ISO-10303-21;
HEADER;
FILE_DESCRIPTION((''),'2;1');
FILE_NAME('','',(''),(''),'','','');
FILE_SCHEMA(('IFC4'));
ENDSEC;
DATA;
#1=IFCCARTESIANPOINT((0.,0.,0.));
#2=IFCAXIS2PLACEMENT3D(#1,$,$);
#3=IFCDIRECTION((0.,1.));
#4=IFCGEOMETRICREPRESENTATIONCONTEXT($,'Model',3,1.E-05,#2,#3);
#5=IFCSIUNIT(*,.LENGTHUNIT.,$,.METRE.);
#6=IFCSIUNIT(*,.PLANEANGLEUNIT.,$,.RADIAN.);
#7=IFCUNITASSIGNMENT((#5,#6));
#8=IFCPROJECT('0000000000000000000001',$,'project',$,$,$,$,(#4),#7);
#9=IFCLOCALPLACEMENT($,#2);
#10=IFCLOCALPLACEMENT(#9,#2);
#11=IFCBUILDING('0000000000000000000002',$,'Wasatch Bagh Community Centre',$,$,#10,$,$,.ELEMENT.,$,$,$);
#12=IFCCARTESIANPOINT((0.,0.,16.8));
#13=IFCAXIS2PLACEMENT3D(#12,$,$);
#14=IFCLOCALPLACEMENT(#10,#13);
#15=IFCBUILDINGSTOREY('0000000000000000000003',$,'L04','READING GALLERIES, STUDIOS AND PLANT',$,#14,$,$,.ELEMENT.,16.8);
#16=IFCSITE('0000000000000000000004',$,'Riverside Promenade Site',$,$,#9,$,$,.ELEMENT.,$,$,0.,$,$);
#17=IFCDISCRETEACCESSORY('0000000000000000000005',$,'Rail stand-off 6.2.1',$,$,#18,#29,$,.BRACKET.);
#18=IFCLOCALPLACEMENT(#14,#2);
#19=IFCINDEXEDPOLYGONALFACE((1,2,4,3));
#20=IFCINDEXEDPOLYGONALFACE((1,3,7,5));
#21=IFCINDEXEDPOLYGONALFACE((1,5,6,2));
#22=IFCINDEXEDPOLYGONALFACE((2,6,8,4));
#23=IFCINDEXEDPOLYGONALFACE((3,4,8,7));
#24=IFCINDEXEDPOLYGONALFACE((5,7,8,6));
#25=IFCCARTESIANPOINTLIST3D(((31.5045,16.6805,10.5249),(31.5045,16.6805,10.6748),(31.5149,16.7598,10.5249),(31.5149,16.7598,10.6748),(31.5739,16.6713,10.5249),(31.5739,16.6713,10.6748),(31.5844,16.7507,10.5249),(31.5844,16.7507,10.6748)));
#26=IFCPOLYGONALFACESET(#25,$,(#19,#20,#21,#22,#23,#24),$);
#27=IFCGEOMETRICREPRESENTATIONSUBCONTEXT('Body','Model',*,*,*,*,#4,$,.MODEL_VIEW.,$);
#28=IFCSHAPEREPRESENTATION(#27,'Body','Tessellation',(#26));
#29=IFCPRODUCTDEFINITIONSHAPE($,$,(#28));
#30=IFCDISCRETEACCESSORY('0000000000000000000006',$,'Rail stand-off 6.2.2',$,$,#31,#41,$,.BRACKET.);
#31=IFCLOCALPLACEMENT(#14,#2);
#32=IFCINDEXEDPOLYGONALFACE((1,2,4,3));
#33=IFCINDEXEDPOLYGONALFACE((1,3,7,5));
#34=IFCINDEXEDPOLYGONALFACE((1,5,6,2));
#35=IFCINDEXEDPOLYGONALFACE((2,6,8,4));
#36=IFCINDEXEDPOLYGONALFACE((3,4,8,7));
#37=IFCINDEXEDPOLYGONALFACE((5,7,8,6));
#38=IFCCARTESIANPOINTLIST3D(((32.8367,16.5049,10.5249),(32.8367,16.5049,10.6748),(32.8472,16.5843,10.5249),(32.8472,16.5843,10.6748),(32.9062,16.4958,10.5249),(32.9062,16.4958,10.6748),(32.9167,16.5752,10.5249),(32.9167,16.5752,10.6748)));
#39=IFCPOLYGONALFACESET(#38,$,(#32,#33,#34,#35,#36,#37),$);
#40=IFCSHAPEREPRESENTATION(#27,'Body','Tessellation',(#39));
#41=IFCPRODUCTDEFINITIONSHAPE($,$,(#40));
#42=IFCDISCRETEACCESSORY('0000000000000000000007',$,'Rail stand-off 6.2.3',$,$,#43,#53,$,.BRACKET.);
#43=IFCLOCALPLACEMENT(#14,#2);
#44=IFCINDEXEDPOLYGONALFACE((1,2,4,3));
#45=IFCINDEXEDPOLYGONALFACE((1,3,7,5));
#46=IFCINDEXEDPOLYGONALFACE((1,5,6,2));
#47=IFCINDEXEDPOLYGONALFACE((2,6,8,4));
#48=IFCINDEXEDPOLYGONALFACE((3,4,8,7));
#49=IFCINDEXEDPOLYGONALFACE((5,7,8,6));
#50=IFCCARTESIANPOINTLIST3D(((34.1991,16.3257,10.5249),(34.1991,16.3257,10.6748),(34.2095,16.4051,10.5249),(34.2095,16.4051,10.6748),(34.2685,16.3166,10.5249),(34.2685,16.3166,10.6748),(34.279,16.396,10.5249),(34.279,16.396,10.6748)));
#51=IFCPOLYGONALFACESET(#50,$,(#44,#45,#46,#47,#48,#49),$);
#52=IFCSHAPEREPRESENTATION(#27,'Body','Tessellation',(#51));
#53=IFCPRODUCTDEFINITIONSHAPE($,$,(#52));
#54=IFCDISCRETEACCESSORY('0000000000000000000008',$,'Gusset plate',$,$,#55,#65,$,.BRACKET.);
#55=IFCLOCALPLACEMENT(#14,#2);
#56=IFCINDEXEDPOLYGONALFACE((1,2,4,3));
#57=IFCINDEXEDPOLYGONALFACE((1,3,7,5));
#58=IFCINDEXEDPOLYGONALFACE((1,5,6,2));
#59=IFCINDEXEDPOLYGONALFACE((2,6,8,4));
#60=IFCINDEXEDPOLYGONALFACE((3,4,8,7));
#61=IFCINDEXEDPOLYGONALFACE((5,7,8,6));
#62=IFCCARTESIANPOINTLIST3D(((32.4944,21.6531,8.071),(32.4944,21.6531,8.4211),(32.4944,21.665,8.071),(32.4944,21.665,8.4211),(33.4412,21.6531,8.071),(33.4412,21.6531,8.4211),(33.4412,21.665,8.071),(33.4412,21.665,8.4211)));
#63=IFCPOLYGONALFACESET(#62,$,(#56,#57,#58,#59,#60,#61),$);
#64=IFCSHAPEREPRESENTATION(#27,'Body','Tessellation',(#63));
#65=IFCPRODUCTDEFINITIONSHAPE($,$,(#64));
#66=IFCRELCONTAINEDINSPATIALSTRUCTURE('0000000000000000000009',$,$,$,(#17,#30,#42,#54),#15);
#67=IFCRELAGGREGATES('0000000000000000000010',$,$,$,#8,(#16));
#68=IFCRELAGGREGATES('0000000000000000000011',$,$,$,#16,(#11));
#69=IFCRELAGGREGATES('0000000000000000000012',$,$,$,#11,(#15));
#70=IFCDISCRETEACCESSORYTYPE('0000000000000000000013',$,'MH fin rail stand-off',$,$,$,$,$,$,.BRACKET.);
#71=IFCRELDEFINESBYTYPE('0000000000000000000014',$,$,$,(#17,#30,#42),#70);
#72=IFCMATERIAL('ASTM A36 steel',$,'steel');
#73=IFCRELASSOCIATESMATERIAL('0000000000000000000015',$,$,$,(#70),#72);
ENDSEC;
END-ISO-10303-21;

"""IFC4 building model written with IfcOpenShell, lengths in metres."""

from ifc_helpers import new_model, si_unit, direction, frame, origin, origin_2d, place, context, subcontext, project, spatial, polyline, rectangle, outline, extrude, material, type_object, element, save


model = new_model("IFC4")

# Units and contexts
model_context = context("Model", 3, precision=1e-05, world=origin(), true_north=direction((0.0, 1.0)))
body_context = subcontext(model_context, "Body", "Model", "MODEL_VIEW")
ifc_project = project(units=[si_unit("LENGTHUNIT", "METRE"), si_unit("PLANEANGLEUNIT", "RADIAN")], contexts=[model_context])

# Site, building, storey
site_placement = place(None, origin())
site = spatial("IfcSite", under=ifc_project, at=site_placement, Name="Riverside Promenade Site", CompositionType="ELEMENT", RefElevation=0.0)
building_placement = place(site_placement, origin())
building = spatial("IfcBuilding", under=site, at=building_placement, Name="Wasatch Bagh Community Centre", CompositionType="ELEMENT")
storey_placement = place(building_placement, frame((0.0, 0.0, 16.8)))
storey = spatial("IfcBuildingStorey", under=building, at=storey_placement, Name="L04", Description="READING GALLERIES, STUDIOS AND PLANT", CompositionType="ELEMENT", Elevation=16.8)

# Discrete accessories
ifc_material_1 = material(Name="ASTM A36 steel", Category="steel")
discrete_accessory_type_1 = type_object("IfcDiscreteAccessoryType", Name="MH fin rail stand-off", PredefinedType="BRACKET", material=ifc_material_1)
for number, where, z_axis, x_axis, name in (
    (1, (31.5444, 16.7156, 10.5249), (0.0, 0.0, 1.0), (0.991445, -0.130526, 0.0), "Rail stand-off 6.2.1"),
    (2, (32.8767, 16.54, 10.5249), (0.0, 0.0, 1.0), (0.991445, -0.130526, 0.0), "Rail stand-off 6.2.2"),
    (3, (34.239, 16.3608, 10.5249), (0.0, 0.0, 1.0), (0.991445, -0.130526, 0.0), "Rail stand-off 6.2.3"),
):
    element("IfcDiscreteAccessory", number, at=place(storey_placement, frame(where, z_axis=z_axis, x_axis=x_axis)), inside=storey, type_object=discrete_accessory_type_1, Name=name, PredefinedType="BRACKET", context=body_context, shape_type="SweptSolid", body=[
        extrude(rectangle(XDim=0.0701, YDim=0.0801, at=origin_2d()), origin(), (0.0, 0.0, 1.0), 0.1499),
    ])
discrete_accessory_placement = place(storey_placement, frame((32.4944, 21.6531, 8.071), z_axis=(0.0, -1.0, 0.0), x_axis=(1.0, 0.0, 0.0)))
element("IfcDiscreteAccessory", 4, at=discrete_accessory_placement, inside=storey, Name="Gusset plate", PredefinedType="BRACKET", context=body_context, shape_type="SweptSolid", body=[
    extrude(outline(polyline([(0.0, 0.0), (0.9468, 0.0), (0.9468, 0.3501), (0.0, 0.3501), (0.0, 0.0)])), origin(), (0.0, 0.0, -1.0), 0.012),
])

save(model, "model.ifc")
